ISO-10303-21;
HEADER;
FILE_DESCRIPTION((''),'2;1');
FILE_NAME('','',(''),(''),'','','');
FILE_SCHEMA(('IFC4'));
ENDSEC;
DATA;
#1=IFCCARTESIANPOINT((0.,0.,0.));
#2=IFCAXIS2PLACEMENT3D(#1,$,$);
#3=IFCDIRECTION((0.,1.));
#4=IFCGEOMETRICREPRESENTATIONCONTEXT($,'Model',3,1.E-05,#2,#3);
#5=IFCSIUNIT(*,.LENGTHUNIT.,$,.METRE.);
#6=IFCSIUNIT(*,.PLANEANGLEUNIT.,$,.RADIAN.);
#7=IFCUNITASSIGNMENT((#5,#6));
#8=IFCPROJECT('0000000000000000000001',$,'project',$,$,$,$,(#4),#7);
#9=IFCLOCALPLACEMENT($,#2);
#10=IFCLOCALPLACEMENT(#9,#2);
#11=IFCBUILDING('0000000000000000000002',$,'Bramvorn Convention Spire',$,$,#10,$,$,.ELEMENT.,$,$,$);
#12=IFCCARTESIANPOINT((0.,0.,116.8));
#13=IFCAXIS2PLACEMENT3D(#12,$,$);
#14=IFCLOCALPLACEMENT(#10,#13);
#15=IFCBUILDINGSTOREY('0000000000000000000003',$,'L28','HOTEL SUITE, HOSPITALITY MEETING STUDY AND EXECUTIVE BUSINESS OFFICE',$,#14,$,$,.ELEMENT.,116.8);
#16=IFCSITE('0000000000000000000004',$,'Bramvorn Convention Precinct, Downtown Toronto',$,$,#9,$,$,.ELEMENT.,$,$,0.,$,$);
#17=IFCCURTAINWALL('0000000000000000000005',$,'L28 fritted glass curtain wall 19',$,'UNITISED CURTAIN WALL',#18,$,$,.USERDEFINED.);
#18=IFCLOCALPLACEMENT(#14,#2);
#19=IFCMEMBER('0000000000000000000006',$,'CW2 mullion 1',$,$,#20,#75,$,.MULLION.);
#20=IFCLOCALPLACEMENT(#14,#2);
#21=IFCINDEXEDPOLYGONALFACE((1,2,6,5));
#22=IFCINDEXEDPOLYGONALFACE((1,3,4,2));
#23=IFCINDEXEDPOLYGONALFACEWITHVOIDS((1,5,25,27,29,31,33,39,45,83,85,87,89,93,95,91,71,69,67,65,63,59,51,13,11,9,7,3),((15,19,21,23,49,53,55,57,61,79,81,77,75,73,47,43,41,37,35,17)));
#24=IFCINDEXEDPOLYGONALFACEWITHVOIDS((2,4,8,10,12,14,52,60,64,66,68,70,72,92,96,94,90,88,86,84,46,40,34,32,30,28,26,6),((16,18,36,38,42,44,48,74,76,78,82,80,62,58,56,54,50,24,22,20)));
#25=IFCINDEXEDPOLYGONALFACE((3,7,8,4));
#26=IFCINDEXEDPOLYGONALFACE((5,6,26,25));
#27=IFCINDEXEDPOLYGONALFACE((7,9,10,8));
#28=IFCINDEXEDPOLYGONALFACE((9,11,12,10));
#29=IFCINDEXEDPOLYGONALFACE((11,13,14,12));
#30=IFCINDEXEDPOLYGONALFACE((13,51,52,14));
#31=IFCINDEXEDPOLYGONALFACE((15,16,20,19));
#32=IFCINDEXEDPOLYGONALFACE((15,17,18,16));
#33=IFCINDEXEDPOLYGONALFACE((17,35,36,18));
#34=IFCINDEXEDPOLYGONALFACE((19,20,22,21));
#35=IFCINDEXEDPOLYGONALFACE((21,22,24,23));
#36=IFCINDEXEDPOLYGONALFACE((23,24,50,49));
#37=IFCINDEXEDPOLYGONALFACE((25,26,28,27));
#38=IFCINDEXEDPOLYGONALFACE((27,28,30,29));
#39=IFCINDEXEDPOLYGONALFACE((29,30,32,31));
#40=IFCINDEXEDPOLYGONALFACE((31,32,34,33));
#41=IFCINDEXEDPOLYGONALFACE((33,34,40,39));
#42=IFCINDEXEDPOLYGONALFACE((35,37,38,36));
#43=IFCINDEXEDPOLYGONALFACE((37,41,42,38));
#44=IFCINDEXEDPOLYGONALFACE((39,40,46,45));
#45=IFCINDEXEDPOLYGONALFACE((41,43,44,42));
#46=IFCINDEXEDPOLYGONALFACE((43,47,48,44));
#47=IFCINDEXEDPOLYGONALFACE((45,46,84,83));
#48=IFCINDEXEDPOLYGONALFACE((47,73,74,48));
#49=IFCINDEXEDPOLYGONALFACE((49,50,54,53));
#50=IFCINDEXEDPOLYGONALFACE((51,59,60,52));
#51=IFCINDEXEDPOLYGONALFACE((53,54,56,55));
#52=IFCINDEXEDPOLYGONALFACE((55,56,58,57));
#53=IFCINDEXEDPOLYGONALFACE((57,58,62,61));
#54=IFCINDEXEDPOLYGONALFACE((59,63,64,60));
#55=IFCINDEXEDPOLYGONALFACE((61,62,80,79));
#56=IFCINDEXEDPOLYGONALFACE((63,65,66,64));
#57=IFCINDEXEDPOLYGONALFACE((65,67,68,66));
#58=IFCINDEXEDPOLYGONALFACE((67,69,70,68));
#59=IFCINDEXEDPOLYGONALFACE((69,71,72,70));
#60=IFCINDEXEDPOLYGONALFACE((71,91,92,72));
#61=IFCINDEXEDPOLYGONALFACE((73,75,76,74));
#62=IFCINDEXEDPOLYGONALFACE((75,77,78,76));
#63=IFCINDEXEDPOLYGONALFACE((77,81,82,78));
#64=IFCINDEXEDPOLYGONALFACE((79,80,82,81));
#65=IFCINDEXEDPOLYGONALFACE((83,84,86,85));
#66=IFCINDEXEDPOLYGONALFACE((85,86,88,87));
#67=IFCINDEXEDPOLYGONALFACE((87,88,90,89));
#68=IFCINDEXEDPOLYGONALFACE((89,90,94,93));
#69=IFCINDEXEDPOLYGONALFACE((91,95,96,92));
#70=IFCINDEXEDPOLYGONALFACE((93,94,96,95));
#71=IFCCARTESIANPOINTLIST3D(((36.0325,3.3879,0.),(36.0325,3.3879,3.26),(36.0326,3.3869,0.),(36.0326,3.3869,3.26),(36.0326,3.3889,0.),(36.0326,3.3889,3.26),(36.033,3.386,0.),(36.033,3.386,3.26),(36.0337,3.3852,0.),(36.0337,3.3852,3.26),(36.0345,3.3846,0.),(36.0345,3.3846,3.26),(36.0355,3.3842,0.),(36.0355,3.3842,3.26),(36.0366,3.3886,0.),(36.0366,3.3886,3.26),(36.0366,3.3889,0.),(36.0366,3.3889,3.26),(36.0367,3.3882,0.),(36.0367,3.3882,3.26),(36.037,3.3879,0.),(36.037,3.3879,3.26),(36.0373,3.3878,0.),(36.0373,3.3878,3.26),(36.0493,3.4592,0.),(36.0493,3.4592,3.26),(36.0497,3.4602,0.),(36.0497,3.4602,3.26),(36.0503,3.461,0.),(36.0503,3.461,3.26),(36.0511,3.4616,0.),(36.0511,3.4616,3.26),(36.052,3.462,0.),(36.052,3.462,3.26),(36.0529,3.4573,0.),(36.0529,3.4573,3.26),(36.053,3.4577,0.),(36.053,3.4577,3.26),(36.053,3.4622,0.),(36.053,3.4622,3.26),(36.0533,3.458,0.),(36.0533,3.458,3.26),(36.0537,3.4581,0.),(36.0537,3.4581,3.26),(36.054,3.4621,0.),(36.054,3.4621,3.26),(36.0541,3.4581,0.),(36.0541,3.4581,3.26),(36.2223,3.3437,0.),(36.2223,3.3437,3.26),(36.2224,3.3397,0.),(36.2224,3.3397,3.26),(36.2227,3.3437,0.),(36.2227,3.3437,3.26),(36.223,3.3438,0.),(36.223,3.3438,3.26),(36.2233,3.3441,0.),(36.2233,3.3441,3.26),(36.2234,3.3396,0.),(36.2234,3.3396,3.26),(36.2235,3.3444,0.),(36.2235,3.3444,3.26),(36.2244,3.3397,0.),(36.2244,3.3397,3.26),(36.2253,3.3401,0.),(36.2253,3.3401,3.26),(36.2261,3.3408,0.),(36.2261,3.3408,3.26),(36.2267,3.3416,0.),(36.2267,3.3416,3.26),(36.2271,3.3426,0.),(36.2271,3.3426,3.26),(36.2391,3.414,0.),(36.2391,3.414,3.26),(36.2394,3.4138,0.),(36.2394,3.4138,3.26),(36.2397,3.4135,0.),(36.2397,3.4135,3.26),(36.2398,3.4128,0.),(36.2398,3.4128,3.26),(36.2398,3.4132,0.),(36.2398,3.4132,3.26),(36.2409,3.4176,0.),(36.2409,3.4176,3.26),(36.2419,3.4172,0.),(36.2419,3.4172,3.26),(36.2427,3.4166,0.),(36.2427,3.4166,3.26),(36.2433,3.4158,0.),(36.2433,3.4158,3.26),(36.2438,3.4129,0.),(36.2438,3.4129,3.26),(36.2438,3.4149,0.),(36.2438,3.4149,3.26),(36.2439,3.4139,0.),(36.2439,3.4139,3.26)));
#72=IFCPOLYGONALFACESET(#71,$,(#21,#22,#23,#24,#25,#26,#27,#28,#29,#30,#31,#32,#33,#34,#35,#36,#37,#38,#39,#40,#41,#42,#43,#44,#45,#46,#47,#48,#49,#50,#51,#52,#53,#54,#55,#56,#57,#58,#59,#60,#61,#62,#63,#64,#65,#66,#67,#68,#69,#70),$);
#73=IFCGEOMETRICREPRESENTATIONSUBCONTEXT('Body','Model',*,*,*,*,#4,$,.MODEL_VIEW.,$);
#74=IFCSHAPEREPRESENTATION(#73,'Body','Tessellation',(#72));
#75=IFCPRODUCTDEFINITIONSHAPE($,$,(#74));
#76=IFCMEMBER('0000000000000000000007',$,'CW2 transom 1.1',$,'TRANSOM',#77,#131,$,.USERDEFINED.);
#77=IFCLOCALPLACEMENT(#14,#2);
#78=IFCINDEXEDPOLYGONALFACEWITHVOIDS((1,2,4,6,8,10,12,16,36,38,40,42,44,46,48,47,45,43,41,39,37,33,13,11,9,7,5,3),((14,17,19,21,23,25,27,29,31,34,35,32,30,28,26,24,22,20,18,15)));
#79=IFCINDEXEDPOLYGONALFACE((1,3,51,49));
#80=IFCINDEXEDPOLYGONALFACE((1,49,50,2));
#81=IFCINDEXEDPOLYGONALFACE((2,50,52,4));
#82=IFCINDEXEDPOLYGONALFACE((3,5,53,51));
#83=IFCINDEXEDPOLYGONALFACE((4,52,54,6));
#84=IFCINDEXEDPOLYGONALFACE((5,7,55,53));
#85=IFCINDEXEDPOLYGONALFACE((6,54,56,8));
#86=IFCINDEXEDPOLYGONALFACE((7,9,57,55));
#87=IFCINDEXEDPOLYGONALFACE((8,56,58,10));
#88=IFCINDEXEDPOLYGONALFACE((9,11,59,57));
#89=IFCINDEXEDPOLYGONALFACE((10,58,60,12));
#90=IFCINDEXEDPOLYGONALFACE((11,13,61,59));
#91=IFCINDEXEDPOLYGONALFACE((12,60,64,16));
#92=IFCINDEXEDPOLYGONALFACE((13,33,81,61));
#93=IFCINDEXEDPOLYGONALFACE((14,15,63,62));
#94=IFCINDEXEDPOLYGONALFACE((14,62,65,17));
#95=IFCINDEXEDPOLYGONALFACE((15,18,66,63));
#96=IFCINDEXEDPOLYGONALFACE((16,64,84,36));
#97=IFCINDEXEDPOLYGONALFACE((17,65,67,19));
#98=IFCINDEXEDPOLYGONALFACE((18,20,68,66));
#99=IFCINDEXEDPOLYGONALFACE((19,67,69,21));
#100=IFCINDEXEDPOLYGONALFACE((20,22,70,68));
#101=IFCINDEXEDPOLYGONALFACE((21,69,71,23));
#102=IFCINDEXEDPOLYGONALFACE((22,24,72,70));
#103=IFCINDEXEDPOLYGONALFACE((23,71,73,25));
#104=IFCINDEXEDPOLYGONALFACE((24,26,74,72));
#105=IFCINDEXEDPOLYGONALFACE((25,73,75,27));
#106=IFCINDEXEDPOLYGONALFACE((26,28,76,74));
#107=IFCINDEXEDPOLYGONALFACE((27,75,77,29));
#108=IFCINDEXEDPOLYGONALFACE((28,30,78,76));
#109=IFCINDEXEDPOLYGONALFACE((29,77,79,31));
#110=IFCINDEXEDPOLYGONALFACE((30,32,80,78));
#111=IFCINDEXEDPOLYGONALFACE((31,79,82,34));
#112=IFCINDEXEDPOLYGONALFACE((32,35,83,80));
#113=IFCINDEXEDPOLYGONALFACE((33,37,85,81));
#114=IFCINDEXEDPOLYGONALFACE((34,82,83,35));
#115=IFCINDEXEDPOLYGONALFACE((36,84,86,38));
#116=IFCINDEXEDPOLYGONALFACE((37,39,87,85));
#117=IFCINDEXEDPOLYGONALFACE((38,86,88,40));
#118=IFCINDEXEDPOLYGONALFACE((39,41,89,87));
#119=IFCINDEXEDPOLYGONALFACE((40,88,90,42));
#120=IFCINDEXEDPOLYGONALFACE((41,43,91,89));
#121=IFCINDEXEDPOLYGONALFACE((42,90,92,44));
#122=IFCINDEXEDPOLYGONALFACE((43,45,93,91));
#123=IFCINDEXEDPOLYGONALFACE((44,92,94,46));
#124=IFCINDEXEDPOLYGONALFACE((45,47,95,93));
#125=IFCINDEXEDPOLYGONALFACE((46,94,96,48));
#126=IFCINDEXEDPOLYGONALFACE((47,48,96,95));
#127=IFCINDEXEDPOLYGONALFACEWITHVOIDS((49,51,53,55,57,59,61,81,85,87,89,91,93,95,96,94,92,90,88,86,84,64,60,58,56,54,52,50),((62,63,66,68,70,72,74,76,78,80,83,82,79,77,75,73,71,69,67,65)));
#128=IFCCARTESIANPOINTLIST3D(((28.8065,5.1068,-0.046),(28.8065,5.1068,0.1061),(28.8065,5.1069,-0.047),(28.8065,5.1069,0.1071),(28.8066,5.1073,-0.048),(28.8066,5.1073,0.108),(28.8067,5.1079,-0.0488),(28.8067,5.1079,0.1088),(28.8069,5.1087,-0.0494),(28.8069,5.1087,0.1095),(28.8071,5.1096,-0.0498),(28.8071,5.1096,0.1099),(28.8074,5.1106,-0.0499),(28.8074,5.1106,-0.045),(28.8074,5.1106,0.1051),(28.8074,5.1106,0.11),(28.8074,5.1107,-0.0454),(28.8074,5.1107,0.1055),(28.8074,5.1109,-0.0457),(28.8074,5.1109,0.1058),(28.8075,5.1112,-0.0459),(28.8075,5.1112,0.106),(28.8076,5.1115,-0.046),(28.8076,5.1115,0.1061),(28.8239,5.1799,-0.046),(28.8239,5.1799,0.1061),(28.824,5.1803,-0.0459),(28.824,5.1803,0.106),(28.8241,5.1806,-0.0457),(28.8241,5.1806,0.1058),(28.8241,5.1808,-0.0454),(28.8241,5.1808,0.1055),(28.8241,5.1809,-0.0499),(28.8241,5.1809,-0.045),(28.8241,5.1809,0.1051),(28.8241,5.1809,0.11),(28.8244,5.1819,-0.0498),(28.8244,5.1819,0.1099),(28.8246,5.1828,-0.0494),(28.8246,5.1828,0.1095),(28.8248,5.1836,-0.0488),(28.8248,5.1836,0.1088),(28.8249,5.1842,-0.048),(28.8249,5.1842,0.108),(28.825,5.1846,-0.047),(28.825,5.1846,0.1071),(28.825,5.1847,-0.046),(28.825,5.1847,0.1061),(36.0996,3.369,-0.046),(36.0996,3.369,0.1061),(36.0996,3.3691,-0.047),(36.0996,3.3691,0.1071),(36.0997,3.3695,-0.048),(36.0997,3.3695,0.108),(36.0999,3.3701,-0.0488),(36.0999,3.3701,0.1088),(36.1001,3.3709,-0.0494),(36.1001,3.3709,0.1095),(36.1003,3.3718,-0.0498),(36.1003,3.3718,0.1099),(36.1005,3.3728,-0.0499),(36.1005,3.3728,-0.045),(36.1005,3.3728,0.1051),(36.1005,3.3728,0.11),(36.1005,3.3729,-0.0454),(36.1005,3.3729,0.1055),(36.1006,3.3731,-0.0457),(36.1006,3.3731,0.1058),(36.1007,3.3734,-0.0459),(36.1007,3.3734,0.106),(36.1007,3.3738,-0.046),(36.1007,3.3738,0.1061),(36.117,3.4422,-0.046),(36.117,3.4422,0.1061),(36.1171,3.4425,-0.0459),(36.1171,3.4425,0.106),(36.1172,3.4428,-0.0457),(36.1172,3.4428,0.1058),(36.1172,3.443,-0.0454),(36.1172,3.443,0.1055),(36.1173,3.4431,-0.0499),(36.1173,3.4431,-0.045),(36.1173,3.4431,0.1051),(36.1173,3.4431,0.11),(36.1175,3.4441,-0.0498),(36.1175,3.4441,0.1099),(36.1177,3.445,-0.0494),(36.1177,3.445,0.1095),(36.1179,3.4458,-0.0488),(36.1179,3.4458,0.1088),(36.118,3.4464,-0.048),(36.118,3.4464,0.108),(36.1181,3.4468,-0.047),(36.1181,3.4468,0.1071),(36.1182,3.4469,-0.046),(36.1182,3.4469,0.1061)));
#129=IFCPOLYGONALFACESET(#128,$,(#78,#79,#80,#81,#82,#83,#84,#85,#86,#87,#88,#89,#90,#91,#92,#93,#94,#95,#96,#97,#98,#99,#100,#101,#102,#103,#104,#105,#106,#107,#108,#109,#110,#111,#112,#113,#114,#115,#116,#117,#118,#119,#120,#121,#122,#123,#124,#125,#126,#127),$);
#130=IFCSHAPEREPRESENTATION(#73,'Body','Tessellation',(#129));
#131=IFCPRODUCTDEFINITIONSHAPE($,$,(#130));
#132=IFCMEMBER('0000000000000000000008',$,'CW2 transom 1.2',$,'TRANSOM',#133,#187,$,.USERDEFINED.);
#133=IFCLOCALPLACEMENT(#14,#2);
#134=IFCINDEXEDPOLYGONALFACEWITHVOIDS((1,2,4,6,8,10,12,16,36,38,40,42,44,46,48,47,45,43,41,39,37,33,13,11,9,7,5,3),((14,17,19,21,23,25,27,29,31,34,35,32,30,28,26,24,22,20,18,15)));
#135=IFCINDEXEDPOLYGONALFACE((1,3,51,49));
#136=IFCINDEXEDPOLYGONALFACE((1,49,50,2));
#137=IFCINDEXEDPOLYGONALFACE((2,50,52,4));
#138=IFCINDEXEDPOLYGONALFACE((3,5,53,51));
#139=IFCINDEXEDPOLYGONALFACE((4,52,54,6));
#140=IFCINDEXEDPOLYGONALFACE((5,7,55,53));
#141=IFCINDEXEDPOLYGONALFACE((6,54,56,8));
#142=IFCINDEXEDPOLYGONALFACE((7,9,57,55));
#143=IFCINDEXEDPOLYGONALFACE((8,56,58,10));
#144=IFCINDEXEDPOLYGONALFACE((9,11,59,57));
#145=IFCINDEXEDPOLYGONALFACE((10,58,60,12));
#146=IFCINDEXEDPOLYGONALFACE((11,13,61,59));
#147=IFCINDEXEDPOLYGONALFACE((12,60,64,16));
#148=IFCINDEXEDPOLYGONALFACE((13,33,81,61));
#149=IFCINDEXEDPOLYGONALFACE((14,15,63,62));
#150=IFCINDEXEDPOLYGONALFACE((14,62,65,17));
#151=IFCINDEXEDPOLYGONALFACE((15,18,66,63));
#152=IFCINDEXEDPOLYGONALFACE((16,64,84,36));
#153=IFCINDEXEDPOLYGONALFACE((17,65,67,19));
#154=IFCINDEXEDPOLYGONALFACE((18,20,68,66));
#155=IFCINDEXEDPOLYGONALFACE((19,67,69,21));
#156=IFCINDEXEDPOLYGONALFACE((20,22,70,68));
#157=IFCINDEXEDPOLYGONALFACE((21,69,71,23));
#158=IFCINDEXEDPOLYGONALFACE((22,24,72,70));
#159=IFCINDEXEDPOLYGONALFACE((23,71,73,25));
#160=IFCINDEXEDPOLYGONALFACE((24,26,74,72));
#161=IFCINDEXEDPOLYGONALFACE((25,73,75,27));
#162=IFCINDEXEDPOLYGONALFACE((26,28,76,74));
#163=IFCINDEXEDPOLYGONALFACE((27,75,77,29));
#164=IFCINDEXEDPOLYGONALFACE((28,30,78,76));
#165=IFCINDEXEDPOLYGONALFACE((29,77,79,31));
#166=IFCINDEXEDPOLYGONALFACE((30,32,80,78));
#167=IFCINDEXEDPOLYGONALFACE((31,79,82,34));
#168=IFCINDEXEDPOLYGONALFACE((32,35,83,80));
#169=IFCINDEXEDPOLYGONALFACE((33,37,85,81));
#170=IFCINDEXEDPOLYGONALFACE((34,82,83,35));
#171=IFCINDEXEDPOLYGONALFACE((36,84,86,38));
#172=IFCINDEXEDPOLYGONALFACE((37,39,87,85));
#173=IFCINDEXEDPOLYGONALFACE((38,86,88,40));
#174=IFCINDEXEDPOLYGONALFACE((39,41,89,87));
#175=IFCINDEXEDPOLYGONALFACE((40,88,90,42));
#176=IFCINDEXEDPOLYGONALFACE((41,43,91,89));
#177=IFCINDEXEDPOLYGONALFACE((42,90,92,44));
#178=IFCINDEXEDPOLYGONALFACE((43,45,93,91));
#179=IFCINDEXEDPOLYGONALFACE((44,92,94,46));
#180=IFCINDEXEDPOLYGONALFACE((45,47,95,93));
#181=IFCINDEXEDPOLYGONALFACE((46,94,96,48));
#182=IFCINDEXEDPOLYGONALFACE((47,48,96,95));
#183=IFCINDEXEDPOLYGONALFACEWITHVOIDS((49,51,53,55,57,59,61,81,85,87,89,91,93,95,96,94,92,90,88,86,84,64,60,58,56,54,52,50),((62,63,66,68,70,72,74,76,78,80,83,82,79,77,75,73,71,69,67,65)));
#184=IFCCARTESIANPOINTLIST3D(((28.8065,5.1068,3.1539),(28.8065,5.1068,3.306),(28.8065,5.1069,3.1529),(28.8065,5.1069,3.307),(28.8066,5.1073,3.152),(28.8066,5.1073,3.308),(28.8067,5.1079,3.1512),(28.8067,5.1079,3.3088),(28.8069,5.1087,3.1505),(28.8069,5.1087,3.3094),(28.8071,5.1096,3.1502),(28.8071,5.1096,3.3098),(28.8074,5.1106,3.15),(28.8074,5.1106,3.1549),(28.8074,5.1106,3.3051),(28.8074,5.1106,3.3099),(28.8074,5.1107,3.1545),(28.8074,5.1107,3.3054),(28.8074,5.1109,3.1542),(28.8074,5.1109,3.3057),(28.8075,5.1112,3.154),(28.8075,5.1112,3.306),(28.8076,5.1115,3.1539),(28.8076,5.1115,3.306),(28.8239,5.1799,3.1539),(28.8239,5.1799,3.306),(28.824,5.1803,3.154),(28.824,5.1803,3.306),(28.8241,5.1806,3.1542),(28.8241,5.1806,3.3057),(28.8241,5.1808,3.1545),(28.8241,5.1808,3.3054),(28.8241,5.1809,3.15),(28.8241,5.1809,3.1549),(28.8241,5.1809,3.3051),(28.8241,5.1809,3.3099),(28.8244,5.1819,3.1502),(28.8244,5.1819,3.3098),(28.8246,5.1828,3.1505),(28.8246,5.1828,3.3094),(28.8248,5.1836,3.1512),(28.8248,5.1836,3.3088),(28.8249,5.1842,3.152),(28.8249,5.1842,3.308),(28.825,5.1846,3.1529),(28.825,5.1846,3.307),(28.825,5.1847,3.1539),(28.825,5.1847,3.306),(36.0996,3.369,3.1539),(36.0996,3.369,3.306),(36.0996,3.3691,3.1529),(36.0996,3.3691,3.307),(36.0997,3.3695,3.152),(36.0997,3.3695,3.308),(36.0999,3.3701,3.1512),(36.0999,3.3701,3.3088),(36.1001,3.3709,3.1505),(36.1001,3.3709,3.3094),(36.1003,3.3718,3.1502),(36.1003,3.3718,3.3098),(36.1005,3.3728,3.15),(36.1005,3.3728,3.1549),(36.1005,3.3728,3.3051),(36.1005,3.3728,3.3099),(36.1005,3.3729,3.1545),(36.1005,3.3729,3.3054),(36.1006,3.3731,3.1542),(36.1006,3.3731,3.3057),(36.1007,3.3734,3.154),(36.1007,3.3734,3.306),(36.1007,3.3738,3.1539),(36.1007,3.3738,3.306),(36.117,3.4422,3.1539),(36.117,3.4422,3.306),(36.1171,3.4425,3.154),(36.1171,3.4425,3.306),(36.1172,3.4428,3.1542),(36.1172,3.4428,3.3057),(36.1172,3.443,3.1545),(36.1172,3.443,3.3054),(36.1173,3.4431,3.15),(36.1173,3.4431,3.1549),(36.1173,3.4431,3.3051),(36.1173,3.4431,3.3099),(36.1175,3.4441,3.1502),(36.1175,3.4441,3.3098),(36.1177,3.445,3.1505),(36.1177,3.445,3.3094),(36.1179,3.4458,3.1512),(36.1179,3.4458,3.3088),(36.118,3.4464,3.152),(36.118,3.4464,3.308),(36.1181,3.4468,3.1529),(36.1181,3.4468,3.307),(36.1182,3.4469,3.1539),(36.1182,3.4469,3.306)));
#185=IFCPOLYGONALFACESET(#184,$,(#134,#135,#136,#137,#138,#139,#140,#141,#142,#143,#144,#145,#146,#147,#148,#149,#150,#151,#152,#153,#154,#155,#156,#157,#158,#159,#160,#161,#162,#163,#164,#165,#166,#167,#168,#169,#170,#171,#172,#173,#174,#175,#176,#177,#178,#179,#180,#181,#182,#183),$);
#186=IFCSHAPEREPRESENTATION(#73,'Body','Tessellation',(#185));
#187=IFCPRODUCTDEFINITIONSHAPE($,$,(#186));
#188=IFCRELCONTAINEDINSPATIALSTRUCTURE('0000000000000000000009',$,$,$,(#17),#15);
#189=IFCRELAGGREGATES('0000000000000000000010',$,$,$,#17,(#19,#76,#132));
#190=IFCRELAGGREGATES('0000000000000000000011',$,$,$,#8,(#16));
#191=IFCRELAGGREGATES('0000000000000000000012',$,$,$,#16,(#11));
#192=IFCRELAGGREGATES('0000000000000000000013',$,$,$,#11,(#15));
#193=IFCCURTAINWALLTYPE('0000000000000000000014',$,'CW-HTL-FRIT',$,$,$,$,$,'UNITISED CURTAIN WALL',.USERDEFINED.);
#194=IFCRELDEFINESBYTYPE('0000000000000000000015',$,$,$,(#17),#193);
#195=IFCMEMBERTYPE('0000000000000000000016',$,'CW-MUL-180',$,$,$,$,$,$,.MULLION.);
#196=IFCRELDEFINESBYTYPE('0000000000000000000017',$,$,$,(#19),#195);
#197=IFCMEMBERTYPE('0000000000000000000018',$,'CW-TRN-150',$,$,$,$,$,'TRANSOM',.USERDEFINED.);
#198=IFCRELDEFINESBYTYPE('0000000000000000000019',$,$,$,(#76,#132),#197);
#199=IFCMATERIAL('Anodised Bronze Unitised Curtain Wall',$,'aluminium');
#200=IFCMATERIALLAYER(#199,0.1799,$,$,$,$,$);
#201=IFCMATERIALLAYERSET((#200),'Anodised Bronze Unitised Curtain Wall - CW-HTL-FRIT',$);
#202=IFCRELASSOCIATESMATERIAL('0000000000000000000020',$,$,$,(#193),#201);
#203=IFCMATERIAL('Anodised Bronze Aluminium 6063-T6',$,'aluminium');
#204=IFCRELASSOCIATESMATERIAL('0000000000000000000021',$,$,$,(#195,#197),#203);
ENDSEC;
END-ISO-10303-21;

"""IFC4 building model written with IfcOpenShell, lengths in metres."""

from ifc_helpers import new_model, si_unit, direction, frame, origin, origin_2d, place, context, subcontext, project, spatial, hollow_rectangle, extrude, material, layer, layer_set, material_profile, profile_set, type_object, element, aggregate, save


model = new_model("IFC4")

# Units and contexts
model_context = context("Model", 3, precision=1e-05, world=origin(), true_north=direction((0.0, 1.0)))
body_context = subcontext(model_context, "Body", "Model", "MODEL_VIEW")
ifc_project = project(units=[si_unit("LENGTHUNIT", "METRE"), si_unit("PLANEANGLEUNIT", "RADIAN")], contexts=[model_context])

# Site, building, storey
site_placement = place(None, origin())
site = spatial("IfcSite", under=ifc_project, at=site_placement, Name="Bramvorn Convention Precinct, Downtown Toronto", CompositionType="ELEMENT", RefElevation=0.0)
building_placement = place(site_placement, origin())
building = spatial("IfcBuilding", under=site, at=building_placement, Name="Bramvorn Convention Spire", CompositionType="ELEMENT")
storey_placement = place(building_placement, frame((0.0, 0.0, 116.8)))
storey = spatial("IfcBuildingStorey", under=building, at=storey_placement, Name="L28", Description="HOTEL SUITE, HOSPITALITY MEETING STUDY AND EXECUTIVE BUSINESS OFFICE", CompositionType="ELEMENT", Elevation=116.8)

# Curtain wall, members
ifc_material_1 = material(Name="Anodised Bronze Unitised Curtain Wall", Category="aluminium")
ifc_layer_1 = layer(ifc_material_1, 0.1799)
ifc_layer_set_1 = layer_set([ifc_layer_1], Name="Anodised Bronze Unitised Curtain Wall - CW-HTL-FRIT")
curtain_wall_type = type_object("IfcCurtainWallType", Name="CW-HTL-FRIT", ElementType="UNITISED CURTAIN WALL", PredefinedType="USERDEFINED", material=ifc_layer_set_1)
curtain_wall_placement = place(storey_placement, origin())
curtain_wall = element("IfcCurtainWall", 1, at=curtain_wall_placement, inside=storey, type_object=curtain_wall_type, Name="L28 fritted glass curtain wall 19", ObjectType="UNITISED CURTAIN WALL", PredefinedType="USERDEFINED")
ifc_material_2 = material(Name="Anodised Bronze Aluminium 6063-T6", Category="aluminium")
ifc_material_profile_1 = material_profile(ifc_material_2, hollow_rectangle(XDim=0.0801, YDim=0.2, WallThickness=0.0039, InnerFilletRadius=0.001, OuterFilletRadius=0.0039, at=origin_2d()))
ifc_profile_set_1 = profile_set([ifc_material_profile_1], Name="Anodised Bronze Aluminium 6063-T6 - CWM80X200")
member_type_1 = type_object("IfcMemberType", Name="CW-MUL-180", PredefinedType="MULLION", material=ifc_profile_set_1)
member_1_placement = place(storey_placement, frame((36.1382, 3.4009, 0.0), z_axis=(0.0, 0.0, 1.0), x_axis=(-0.231784, -0.972767, 0.0)))
member_1 = element("IfcMember", 2, at=member_1_placement, type_object=member_type_1, Name="CW2 mullion 1", PredefinedType="MULLION", context=body_context, shape_type="SweptSolid", body=[
    extrude(hollow_rectangle(XDim=0.0801, YDim=0.2, WallThickness=0.0039, InnerFilletRadius=0.001, OuterFilletRadius=0.0039, at=origin_2d()), origin(), (0.0, 0.0, 1.0), 3.26),
])
ifc_material_profile_2 = material_profile(ifc_material_2, hollow_rectangle(XDim=0.0801, YDim=0.1599, WallThickness=0.0039, InnerFilletRadius=0.001, OuterFilletRadius=0.0039, at=origin_2d()))
ifc_profile_set_2 = profile_set([ifc_material_profile_2], Name="Anodised Bronze Aluminium 6063-T6 - CWT80X160")
member_type_2 = type_object("IfcMemberType", Name="CW-TRN-150", ElementType="TRANSOM", PredefinedType="USERDEFINED", material=ifc_profile_set_2)
member_2_placement = place(storey_placement, frame((36.1089, 3.408, 0.03), z_axis=(-0.972767, 0.231786, 0.0), x_axis=(-0.231786, -0.972767, 0.0)))
member_2 = element("IfcMember", 3, at=member_2_placement, type_object=member_type_2, Name="CW2 transom 1.1", ObjectType="TRANSOM", PredefinedType="USERDEFINED", context=body_context, shape_type="SweptSolid", body=[
    extrude(hollow_rectangle(XDim=0.0801, YDim=0.1599, WallThickness=0.0039, InnerFilletRadius=0.001, OuterFilletRadius=0.0039, at=origin_2d()), origin(), (0.0, 0.0, 1.0), 7.4973),
])
member_3_placement = place(storey_placement, frame((36.1089, 3.408, 3.23), z_axis=(-0.972767, 0.231786, 0.0), x_axis=(-0.231786, -0.972767, 0.0)))
member_3 = element("IfcMember", 4, at=member_3_placement, type_object=member_type_2, Name="CW2 transom 1.2", ObjectType="TRANSOM", PredefinedType="USERDEFINED", context=body_context, shape_type="SweptSolid", body=[
    extrude(hollow_rectangle(XDim=0.0801, YDim=0.1599, WallThickness=0.0039, InnerFilletRadius=0.001, OuterFilletRadius=0.0039, at=origin_2d()), origin(), (0.0, 0.0, 1.0), 7.4973),
])
aggregate(curtain_wall, [member_1, member_2, member_3])

save(model, "model.ifc")
